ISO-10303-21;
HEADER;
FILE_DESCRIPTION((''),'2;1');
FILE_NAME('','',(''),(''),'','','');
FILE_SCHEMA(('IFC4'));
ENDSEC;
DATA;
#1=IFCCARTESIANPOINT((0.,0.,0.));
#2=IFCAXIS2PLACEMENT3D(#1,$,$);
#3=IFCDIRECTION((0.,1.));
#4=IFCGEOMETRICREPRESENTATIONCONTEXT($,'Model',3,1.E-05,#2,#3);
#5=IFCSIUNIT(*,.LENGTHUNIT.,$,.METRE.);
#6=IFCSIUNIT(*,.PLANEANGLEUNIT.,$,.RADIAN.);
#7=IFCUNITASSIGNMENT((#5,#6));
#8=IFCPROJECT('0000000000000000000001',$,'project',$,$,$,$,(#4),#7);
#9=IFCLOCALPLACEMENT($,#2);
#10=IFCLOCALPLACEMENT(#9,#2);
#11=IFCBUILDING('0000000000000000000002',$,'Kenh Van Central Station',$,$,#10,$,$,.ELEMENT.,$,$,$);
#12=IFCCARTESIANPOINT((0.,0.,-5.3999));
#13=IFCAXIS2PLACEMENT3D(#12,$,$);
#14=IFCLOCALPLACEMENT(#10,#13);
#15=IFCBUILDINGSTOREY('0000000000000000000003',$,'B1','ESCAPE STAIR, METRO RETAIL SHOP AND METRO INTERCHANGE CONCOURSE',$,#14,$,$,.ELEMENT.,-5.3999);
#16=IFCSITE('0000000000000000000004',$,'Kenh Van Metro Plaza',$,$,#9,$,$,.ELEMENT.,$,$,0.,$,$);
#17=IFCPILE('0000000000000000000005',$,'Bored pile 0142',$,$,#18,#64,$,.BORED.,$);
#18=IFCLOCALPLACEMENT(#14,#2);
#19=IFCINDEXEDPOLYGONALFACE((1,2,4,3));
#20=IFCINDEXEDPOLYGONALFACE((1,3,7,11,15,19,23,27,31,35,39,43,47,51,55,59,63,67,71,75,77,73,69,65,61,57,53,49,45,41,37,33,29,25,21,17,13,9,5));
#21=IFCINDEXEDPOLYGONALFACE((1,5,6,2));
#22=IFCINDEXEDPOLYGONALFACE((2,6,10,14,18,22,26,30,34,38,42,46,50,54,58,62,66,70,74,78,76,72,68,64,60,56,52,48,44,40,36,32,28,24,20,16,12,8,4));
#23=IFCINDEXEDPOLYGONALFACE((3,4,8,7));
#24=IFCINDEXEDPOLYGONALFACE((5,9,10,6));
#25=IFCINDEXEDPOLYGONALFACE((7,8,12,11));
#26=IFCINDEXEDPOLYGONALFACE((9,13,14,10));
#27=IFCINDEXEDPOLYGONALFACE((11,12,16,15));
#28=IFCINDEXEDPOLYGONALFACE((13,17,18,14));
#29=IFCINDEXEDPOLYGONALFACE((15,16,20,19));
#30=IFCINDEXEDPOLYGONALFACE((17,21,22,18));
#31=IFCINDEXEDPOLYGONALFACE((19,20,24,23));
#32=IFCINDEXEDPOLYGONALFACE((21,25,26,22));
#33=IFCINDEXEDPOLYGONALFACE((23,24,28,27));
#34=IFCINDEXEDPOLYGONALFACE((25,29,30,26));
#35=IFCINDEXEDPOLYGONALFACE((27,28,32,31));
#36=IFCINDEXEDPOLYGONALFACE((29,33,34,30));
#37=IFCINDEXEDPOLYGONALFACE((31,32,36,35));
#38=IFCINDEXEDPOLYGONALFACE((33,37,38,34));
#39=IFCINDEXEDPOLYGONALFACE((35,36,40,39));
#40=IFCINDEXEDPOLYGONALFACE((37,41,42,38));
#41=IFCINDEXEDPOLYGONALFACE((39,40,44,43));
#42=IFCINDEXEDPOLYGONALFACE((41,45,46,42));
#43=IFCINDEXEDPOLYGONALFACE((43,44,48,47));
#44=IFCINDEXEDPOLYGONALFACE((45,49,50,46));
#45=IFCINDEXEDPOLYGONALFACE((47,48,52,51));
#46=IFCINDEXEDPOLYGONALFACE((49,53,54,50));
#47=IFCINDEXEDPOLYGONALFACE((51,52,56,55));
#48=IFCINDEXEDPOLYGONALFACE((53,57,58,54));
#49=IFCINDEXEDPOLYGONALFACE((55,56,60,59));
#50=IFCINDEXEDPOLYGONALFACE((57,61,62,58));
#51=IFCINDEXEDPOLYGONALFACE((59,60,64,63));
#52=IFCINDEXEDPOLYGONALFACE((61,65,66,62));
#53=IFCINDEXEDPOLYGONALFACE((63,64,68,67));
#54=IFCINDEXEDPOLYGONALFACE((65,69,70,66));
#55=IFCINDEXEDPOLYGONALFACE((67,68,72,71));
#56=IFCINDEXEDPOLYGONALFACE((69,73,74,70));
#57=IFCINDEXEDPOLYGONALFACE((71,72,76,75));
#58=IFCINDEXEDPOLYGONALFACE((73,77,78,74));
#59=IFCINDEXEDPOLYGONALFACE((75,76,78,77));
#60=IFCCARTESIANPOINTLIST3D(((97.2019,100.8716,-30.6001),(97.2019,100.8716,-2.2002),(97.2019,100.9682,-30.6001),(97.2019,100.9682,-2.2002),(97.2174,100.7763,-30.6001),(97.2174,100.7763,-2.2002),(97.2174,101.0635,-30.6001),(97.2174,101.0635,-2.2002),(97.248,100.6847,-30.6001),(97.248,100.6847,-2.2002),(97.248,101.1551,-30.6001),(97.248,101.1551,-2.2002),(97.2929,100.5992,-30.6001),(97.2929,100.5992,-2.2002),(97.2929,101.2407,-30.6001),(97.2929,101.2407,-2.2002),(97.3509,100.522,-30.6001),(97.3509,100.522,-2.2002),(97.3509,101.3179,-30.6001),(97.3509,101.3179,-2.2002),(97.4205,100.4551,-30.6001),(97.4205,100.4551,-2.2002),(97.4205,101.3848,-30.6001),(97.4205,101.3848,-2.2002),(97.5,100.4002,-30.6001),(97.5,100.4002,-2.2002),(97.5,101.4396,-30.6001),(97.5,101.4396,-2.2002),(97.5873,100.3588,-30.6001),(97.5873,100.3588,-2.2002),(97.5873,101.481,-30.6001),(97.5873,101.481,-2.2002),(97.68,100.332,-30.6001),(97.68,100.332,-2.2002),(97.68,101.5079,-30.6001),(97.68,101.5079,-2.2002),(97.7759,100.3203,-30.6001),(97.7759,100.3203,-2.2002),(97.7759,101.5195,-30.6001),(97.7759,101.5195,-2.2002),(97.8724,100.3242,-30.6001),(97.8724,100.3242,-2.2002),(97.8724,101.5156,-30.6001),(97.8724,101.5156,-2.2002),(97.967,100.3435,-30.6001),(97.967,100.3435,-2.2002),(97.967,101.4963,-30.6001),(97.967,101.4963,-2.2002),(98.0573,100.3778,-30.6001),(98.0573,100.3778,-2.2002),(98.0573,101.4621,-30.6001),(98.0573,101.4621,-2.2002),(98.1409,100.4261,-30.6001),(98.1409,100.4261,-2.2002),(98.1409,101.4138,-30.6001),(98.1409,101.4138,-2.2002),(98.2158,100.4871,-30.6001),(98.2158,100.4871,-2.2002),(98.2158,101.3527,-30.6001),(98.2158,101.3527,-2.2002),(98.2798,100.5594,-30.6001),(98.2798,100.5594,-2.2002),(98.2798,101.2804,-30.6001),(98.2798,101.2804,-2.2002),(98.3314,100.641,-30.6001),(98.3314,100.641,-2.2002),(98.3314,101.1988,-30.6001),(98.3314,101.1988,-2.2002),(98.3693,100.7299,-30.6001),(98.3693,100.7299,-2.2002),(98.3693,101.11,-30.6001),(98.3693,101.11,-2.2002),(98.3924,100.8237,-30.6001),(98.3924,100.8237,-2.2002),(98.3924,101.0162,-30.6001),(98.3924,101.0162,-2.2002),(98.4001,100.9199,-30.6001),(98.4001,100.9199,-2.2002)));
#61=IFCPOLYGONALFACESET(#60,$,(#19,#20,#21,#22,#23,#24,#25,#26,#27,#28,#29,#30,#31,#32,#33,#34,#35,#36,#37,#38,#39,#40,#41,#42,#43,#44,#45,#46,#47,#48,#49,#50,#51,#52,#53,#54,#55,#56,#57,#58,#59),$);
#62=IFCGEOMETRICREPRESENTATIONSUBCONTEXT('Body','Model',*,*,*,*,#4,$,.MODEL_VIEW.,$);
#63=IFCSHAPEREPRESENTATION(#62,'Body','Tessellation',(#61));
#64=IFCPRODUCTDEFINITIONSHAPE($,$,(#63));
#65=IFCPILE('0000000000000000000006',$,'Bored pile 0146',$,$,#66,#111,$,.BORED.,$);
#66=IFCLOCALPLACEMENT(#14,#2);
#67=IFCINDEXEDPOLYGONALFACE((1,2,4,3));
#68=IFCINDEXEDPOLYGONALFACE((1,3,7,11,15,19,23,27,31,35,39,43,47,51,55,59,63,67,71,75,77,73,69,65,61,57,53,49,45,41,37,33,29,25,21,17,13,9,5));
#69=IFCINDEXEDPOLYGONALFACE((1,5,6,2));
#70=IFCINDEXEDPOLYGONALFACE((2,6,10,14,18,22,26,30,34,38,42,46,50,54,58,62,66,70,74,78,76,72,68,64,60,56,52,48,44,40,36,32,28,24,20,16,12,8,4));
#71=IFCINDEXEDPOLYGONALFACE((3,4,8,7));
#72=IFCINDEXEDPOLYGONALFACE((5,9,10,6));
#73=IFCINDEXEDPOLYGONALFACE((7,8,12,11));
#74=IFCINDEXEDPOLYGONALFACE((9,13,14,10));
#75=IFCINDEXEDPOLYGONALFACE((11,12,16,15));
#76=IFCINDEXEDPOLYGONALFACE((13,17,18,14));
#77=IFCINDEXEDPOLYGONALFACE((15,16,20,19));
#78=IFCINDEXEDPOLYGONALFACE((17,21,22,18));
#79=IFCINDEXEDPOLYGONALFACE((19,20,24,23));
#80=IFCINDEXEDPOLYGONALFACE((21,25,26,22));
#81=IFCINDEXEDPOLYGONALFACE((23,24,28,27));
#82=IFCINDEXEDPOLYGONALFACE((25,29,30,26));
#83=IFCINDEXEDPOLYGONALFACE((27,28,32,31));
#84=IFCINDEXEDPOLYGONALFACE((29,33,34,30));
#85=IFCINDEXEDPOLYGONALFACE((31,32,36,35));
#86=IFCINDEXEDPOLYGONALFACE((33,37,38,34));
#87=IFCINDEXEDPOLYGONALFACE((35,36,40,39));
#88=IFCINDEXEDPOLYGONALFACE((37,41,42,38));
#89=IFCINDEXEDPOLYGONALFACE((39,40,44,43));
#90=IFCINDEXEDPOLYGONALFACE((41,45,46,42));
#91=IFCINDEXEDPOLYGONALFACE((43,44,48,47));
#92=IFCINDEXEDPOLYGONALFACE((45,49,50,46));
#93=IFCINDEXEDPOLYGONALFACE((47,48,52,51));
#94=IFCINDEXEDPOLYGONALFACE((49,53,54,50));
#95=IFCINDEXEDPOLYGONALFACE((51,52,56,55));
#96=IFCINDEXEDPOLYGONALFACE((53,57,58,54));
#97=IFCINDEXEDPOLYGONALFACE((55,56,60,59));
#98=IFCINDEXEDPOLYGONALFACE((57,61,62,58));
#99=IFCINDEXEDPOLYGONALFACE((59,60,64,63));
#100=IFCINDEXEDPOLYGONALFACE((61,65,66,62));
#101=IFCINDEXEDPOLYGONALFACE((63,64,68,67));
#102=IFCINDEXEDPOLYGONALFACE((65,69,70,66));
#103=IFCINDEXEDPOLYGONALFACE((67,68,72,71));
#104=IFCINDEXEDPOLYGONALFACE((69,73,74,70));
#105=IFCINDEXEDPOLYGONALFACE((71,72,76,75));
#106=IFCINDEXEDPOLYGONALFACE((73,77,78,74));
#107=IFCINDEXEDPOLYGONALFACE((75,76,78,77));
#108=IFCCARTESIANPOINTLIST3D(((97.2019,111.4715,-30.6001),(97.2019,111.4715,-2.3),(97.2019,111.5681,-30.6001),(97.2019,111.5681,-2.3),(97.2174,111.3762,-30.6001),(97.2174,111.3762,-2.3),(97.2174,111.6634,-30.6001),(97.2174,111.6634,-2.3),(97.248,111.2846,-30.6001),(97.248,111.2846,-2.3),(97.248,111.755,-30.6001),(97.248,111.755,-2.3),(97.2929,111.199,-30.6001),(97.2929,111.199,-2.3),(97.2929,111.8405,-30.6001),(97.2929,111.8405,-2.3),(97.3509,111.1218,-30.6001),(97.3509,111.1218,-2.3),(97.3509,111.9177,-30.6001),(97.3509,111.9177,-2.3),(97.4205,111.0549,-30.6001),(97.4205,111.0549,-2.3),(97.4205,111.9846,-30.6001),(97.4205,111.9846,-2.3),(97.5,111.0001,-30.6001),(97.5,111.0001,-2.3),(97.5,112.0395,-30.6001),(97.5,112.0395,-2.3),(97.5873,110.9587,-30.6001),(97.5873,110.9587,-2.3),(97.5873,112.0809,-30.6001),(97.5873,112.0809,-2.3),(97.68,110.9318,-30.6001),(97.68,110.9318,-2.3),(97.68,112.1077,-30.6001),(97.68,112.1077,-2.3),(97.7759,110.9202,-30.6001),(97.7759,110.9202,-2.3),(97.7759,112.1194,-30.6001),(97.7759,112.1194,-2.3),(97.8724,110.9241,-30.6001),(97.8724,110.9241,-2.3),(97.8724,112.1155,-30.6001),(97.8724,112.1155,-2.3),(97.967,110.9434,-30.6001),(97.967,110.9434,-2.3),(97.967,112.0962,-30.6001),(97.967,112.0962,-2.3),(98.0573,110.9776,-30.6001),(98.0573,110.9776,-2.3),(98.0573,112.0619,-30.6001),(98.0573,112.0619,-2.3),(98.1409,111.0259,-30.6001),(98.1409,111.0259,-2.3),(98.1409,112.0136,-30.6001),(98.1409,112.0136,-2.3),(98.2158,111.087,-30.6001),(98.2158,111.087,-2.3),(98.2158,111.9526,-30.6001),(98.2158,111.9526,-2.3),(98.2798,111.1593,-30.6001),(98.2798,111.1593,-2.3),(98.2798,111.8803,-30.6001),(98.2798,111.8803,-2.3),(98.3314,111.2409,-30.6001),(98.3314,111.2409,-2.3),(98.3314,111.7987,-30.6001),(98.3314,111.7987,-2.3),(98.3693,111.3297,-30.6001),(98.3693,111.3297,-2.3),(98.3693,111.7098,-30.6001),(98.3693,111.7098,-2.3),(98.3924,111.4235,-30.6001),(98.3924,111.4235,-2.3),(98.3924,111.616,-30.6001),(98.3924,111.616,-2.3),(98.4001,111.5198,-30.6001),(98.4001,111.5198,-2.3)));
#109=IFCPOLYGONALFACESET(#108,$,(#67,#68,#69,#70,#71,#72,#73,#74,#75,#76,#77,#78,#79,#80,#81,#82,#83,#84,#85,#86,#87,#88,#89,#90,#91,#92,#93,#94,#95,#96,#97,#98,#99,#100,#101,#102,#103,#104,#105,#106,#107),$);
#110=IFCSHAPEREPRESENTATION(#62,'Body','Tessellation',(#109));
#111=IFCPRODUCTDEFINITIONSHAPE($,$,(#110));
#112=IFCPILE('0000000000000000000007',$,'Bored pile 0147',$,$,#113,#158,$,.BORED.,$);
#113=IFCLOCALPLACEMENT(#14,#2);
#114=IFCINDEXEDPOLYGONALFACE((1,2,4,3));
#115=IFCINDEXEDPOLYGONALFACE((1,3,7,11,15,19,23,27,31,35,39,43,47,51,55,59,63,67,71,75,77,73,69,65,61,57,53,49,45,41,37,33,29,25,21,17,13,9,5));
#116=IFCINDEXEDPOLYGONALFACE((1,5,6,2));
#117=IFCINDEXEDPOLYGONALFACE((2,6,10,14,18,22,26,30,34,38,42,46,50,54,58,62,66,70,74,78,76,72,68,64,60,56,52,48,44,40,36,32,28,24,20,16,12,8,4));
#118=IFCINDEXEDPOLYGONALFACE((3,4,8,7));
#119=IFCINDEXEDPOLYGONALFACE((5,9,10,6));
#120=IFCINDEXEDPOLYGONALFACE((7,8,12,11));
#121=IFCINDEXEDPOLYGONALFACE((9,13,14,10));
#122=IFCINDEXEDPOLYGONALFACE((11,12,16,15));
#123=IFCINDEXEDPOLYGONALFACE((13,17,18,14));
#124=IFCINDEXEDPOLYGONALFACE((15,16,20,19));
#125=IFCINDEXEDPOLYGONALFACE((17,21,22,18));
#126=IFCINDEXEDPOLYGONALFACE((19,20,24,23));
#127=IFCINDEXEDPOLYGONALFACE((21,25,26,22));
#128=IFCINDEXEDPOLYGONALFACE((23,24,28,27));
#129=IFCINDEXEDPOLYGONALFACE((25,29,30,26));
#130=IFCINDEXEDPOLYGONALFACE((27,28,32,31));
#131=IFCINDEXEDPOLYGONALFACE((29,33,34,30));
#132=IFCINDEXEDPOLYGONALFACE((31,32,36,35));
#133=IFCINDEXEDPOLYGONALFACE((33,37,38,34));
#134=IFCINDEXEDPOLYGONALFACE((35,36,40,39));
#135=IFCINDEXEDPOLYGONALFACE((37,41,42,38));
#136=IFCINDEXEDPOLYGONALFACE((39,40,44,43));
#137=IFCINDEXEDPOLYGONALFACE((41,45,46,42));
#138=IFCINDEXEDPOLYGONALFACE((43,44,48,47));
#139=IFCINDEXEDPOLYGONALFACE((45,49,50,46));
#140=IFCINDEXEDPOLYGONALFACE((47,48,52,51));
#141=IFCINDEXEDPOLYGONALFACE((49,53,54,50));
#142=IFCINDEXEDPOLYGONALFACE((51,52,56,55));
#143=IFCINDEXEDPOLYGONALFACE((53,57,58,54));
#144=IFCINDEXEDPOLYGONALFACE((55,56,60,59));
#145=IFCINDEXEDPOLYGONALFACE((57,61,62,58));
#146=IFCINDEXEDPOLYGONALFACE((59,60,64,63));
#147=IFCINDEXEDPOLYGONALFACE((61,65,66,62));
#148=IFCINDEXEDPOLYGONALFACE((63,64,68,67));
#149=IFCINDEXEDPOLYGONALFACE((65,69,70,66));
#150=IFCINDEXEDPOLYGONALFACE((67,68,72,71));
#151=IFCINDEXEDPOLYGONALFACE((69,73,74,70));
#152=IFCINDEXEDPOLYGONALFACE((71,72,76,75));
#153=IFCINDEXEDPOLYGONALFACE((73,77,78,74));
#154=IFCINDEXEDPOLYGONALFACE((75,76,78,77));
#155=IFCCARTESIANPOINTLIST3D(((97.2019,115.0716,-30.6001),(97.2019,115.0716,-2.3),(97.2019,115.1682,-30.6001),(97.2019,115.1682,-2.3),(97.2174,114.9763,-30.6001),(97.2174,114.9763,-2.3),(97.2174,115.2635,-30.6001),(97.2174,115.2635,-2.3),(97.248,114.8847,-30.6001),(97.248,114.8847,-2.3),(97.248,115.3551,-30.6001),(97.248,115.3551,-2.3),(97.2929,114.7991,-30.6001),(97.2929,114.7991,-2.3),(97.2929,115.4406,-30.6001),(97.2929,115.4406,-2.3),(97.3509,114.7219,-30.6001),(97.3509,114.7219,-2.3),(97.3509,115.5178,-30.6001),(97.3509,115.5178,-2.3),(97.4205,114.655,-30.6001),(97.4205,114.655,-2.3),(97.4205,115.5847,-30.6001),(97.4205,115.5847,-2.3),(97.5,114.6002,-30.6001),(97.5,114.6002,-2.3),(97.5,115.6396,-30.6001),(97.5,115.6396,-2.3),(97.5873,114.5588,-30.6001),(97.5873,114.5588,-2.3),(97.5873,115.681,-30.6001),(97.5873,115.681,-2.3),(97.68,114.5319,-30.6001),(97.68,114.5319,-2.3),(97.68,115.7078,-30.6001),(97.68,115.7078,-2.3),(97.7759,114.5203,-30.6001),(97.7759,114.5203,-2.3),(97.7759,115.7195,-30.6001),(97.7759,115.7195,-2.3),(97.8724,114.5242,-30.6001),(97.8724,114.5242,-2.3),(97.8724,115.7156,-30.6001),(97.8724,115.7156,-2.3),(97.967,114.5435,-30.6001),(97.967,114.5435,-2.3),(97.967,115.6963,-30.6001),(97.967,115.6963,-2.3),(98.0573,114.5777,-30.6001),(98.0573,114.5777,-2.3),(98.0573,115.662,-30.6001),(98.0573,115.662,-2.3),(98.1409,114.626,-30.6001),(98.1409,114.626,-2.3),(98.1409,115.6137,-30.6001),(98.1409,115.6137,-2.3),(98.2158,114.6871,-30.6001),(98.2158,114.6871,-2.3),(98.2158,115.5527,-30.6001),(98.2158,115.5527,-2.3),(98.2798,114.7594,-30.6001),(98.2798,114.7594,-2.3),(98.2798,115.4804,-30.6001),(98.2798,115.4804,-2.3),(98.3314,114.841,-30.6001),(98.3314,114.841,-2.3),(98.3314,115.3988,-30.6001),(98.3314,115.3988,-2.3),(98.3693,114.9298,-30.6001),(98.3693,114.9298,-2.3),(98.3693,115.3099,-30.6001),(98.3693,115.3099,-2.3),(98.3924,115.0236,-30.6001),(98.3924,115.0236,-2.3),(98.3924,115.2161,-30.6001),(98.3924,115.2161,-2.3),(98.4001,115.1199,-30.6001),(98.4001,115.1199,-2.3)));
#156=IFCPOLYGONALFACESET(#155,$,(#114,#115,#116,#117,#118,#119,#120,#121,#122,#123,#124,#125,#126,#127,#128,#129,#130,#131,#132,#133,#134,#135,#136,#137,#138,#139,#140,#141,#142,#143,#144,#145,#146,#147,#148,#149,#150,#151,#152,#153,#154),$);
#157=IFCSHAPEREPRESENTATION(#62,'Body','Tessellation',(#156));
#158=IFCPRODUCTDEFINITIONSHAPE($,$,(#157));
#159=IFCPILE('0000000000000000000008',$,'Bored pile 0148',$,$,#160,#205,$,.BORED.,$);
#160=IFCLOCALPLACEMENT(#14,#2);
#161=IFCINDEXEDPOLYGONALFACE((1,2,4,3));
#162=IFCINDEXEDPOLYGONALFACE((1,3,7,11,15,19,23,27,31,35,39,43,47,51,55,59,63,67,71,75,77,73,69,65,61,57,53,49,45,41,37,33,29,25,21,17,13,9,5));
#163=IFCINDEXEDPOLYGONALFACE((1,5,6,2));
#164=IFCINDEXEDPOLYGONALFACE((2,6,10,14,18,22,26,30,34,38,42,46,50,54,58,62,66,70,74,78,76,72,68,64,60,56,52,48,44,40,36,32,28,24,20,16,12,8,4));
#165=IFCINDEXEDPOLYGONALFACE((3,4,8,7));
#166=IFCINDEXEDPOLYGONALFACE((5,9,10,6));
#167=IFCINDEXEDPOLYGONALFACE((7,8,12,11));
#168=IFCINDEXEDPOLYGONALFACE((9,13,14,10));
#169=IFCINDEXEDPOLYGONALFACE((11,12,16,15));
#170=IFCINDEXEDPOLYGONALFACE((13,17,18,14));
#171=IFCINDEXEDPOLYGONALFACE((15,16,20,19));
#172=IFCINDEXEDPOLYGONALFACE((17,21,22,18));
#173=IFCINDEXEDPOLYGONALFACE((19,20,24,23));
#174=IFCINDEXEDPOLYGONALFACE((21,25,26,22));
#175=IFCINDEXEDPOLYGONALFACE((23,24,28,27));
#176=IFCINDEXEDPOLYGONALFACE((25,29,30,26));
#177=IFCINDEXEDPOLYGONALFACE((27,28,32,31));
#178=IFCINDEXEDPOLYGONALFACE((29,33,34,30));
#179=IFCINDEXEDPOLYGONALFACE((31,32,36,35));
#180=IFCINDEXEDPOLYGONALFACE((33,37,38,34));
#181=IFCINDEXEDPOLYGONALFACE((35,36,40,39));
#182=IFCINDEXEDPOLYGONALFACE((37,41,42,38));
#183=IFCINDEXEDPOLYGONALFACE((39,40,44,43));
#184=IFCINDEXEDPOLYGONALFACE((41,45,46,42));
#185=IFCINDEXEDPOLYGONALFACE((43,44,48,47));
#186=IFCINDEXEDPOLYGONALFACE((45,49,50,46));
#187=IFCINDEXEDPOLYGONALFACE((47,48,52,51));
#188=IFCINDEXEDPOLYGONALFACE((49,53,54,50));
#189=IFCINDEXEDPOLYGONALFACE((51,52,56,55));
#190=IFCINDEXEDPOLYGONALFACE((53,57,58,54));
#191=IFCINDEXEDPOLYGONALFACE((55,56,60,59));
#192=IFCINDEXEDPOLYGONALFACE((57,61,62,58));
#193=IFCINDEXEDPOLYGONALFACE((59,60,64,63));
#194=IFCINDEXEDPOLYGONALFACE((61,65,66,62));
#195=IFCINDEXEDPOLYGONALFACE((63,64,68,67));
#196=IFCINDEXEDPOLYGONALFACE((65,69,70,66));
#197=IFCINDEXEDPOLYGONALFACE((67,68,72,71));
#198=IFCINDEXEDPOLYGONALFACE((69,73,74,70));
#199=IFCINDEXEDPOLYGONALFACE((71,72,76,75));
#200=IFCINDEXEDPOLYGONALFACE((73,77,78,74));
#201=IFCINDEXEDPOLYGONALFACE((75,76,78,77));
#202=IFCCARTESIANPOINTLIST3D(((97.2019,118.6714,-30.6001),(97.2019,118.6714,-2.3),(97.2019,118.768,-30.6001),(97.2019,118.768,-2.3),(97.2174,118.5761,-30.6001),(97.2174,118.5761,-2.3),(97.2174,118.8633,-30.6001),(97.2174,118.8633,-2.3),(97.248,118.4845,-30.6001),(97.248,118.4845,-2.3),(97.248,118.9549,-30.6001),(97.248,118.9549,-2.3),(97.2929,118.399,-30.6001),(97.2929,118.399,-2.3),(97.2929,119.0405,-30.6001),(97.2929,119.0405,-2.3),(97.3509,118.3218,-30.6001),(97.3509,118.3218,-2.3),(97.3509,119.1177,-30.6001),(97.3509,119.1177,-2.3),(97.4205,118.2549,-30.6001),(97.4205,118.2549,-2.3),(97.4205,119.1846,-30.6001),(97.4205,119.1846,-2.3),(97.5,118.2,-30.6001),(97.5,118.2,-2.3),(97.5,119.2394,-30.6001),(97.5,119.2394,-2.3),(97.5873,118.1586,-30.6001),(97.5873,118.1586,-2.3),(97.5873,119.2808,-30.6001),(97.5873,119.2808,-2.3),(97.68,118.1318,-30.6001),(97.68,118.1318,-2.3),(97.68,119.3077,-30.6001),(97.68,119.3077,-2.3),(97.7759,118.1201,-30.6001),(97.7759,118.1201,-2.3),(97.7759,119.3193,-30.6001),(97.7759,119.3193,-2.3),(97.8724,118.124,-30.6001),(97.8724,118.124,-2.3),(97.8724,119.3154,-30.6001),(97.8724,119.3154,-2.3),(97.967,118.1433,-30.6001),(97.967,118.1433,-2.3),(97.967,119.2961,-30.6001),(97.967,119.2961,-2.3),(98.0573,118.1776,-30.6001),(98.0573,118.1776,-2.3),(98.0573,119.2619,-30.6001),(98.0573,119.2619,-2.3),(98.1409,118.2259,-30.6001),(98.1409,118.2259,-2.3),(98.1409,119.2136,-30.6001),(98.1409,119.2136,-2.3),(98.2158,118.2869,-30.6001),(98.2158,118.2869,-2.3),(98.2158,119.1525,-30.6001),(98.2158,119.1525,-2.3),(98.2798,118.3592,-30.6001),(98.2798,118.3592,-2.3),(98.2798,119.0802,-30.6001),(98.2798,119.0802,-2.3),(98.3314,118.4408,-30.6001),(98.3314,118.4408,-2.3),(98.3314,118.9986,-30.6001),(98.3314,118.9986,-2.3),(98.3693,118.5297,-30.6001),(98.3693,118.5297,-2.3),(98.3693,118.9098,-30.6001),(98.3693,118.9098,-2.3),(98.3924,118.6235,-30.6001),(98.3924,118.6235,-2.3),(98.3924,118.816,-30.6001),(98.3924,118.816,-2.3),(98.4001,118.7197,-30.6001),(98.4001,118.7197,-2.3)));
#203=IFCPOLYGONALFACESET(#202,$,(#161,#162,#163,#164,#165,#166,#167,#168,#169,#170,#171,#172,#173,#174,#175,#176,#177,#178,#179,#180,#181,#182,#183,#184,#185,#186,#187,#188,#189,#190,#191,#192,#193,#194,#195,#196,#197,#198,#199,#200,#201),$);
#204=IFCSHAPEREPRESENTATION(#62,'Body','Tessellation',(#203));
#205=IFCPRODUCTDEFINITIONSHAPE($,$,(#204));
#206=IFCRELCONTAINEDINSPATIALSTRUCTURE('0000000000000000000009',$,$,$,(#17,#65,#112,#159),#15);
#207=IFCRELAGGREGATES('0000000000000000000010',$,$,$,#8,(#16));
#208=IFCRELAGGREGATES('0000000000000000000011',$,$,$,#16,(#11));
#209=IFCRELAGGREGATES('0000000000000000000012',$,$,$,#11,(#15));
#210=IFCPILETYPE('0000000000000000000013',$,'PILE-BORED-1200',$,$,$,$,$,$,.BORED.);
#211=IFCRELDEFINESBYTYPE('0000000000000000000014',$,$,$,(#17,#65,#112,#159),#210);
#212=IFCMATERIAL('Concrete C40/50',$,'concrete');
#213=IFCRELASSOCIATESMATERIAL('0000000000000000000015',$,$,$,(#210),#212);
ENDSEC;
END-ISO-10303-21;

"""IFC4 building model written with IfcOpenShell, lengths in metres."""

from ifc_helpers import new_model, si_unit, direction, frame, origin, origin_2d, place, context, subcontext, project, spatial, circle, extrude, material, material_profile, profile_set, type_object, element, save


model = new_model("IFC4")

# Units and contexts
model_context = context("Model", 3, precision=1e-05, world=origin(), true_north=direction((0.0, 1.0)))
body_context = subcontext(model_context, "Body", "Model", "MODEL_VIEW")
ifc_project = project(units=[si_unit("LENGTHUNIT", "METRE"), si_unit("PLANEANGLEUNIT", "RADIAN")], contexts=[model_context])

# Site, building, storey
site_placement = place(None, origin())
site = spatial("IfcSite", under=ifc_project, at=site_placement, Name="Kenh Van Metro Plaza", CompositionType="ELEMENT", RefElevation=0.0)
building_placement = place(site_placement, origin())
building = spatial("IfcBuilding", under=site, at=building_placement, Name="Kenh Van Central Station", CompositionType="ELEMENT")
storey_placement = place(building_placement, frame((0.0, 0.0, -5.3999)))
storey = spatial("IfcBuildingStorey", under=building, at=storey_placement, Name="B1", Description="ESCAPE STAIR, METRO RETAIL SHOP AND METRO INTERCHANGE CONCOURSE", CompositionType="ELEMENT", Elevation=-5.3999)

# Shared definitions
ifc_material = material(Name="Concrete C40/50", Category="concrete")

# Piles
ifc_material_profile_1 = material_profile(ifc_material, circle(Radius=0.6001, at=origin_2d()), Name="PILE D1200")
ifc_profile_set_1 = profile_set([ifc_material_profile_1], Name="Concrete C40/50")
pile_type_1 = type_object("IfcPileType", Name="PILE-BORED-1200", PredefinedType="BORED", material=ifc_profile_set_1)
pile_placement = place(storey_placement, frame((97.8, 100.9199, -2.2002), z_axis=(0.0, 0.0, -1.0), x_axis=(1.0, 0.0, 0.0)))
element("IfcPile", 1, at=pile_placement, inside=storey, type_object=pile_type_1, Name="Bored pile 0142", PredefinedType="BORED", context=body_context, shape_type="SweptSolid", body=[
    extrude(circle(Radius=0.6001, at=origin_2d()), origin(), (0.0, 0.0, 1.0), 28.3999),
])
for number, where, z_axis, x_axis, name in (
    (2, (97.8, 111.5198, -2.3), (0.0, 0.0, -1.0), (1.0, 0.0, 0.0), "Bored pile 0146"),
    (3, (97.8, 115.1199, -2.3), (0.0, 0.0, -1.0), (1.0, 0.0, 0.0), "Bored pile 0147"),
    (4, (97.8, 118.7197, -2.3), (0.0, 0.0, -1.0), (1.0, 0.0, 0.0), "Bored pile 0148"),
):
    element("IfcPile", number, at=place(storey_placement, frame(where, z_axis=z_axis, x_axis=x_axis)), inside=storey, type_object=pile_type_1, Name=name, PredefinedType="BORED", context=body_context, shape_type="SweptSolid", body=[
        extrude(circle(Radius=0.6001, at=origin_2d()), origin(), (0.0, 0.0, 1.0), 28.3),
    ])

save(model, "model.ifc")
